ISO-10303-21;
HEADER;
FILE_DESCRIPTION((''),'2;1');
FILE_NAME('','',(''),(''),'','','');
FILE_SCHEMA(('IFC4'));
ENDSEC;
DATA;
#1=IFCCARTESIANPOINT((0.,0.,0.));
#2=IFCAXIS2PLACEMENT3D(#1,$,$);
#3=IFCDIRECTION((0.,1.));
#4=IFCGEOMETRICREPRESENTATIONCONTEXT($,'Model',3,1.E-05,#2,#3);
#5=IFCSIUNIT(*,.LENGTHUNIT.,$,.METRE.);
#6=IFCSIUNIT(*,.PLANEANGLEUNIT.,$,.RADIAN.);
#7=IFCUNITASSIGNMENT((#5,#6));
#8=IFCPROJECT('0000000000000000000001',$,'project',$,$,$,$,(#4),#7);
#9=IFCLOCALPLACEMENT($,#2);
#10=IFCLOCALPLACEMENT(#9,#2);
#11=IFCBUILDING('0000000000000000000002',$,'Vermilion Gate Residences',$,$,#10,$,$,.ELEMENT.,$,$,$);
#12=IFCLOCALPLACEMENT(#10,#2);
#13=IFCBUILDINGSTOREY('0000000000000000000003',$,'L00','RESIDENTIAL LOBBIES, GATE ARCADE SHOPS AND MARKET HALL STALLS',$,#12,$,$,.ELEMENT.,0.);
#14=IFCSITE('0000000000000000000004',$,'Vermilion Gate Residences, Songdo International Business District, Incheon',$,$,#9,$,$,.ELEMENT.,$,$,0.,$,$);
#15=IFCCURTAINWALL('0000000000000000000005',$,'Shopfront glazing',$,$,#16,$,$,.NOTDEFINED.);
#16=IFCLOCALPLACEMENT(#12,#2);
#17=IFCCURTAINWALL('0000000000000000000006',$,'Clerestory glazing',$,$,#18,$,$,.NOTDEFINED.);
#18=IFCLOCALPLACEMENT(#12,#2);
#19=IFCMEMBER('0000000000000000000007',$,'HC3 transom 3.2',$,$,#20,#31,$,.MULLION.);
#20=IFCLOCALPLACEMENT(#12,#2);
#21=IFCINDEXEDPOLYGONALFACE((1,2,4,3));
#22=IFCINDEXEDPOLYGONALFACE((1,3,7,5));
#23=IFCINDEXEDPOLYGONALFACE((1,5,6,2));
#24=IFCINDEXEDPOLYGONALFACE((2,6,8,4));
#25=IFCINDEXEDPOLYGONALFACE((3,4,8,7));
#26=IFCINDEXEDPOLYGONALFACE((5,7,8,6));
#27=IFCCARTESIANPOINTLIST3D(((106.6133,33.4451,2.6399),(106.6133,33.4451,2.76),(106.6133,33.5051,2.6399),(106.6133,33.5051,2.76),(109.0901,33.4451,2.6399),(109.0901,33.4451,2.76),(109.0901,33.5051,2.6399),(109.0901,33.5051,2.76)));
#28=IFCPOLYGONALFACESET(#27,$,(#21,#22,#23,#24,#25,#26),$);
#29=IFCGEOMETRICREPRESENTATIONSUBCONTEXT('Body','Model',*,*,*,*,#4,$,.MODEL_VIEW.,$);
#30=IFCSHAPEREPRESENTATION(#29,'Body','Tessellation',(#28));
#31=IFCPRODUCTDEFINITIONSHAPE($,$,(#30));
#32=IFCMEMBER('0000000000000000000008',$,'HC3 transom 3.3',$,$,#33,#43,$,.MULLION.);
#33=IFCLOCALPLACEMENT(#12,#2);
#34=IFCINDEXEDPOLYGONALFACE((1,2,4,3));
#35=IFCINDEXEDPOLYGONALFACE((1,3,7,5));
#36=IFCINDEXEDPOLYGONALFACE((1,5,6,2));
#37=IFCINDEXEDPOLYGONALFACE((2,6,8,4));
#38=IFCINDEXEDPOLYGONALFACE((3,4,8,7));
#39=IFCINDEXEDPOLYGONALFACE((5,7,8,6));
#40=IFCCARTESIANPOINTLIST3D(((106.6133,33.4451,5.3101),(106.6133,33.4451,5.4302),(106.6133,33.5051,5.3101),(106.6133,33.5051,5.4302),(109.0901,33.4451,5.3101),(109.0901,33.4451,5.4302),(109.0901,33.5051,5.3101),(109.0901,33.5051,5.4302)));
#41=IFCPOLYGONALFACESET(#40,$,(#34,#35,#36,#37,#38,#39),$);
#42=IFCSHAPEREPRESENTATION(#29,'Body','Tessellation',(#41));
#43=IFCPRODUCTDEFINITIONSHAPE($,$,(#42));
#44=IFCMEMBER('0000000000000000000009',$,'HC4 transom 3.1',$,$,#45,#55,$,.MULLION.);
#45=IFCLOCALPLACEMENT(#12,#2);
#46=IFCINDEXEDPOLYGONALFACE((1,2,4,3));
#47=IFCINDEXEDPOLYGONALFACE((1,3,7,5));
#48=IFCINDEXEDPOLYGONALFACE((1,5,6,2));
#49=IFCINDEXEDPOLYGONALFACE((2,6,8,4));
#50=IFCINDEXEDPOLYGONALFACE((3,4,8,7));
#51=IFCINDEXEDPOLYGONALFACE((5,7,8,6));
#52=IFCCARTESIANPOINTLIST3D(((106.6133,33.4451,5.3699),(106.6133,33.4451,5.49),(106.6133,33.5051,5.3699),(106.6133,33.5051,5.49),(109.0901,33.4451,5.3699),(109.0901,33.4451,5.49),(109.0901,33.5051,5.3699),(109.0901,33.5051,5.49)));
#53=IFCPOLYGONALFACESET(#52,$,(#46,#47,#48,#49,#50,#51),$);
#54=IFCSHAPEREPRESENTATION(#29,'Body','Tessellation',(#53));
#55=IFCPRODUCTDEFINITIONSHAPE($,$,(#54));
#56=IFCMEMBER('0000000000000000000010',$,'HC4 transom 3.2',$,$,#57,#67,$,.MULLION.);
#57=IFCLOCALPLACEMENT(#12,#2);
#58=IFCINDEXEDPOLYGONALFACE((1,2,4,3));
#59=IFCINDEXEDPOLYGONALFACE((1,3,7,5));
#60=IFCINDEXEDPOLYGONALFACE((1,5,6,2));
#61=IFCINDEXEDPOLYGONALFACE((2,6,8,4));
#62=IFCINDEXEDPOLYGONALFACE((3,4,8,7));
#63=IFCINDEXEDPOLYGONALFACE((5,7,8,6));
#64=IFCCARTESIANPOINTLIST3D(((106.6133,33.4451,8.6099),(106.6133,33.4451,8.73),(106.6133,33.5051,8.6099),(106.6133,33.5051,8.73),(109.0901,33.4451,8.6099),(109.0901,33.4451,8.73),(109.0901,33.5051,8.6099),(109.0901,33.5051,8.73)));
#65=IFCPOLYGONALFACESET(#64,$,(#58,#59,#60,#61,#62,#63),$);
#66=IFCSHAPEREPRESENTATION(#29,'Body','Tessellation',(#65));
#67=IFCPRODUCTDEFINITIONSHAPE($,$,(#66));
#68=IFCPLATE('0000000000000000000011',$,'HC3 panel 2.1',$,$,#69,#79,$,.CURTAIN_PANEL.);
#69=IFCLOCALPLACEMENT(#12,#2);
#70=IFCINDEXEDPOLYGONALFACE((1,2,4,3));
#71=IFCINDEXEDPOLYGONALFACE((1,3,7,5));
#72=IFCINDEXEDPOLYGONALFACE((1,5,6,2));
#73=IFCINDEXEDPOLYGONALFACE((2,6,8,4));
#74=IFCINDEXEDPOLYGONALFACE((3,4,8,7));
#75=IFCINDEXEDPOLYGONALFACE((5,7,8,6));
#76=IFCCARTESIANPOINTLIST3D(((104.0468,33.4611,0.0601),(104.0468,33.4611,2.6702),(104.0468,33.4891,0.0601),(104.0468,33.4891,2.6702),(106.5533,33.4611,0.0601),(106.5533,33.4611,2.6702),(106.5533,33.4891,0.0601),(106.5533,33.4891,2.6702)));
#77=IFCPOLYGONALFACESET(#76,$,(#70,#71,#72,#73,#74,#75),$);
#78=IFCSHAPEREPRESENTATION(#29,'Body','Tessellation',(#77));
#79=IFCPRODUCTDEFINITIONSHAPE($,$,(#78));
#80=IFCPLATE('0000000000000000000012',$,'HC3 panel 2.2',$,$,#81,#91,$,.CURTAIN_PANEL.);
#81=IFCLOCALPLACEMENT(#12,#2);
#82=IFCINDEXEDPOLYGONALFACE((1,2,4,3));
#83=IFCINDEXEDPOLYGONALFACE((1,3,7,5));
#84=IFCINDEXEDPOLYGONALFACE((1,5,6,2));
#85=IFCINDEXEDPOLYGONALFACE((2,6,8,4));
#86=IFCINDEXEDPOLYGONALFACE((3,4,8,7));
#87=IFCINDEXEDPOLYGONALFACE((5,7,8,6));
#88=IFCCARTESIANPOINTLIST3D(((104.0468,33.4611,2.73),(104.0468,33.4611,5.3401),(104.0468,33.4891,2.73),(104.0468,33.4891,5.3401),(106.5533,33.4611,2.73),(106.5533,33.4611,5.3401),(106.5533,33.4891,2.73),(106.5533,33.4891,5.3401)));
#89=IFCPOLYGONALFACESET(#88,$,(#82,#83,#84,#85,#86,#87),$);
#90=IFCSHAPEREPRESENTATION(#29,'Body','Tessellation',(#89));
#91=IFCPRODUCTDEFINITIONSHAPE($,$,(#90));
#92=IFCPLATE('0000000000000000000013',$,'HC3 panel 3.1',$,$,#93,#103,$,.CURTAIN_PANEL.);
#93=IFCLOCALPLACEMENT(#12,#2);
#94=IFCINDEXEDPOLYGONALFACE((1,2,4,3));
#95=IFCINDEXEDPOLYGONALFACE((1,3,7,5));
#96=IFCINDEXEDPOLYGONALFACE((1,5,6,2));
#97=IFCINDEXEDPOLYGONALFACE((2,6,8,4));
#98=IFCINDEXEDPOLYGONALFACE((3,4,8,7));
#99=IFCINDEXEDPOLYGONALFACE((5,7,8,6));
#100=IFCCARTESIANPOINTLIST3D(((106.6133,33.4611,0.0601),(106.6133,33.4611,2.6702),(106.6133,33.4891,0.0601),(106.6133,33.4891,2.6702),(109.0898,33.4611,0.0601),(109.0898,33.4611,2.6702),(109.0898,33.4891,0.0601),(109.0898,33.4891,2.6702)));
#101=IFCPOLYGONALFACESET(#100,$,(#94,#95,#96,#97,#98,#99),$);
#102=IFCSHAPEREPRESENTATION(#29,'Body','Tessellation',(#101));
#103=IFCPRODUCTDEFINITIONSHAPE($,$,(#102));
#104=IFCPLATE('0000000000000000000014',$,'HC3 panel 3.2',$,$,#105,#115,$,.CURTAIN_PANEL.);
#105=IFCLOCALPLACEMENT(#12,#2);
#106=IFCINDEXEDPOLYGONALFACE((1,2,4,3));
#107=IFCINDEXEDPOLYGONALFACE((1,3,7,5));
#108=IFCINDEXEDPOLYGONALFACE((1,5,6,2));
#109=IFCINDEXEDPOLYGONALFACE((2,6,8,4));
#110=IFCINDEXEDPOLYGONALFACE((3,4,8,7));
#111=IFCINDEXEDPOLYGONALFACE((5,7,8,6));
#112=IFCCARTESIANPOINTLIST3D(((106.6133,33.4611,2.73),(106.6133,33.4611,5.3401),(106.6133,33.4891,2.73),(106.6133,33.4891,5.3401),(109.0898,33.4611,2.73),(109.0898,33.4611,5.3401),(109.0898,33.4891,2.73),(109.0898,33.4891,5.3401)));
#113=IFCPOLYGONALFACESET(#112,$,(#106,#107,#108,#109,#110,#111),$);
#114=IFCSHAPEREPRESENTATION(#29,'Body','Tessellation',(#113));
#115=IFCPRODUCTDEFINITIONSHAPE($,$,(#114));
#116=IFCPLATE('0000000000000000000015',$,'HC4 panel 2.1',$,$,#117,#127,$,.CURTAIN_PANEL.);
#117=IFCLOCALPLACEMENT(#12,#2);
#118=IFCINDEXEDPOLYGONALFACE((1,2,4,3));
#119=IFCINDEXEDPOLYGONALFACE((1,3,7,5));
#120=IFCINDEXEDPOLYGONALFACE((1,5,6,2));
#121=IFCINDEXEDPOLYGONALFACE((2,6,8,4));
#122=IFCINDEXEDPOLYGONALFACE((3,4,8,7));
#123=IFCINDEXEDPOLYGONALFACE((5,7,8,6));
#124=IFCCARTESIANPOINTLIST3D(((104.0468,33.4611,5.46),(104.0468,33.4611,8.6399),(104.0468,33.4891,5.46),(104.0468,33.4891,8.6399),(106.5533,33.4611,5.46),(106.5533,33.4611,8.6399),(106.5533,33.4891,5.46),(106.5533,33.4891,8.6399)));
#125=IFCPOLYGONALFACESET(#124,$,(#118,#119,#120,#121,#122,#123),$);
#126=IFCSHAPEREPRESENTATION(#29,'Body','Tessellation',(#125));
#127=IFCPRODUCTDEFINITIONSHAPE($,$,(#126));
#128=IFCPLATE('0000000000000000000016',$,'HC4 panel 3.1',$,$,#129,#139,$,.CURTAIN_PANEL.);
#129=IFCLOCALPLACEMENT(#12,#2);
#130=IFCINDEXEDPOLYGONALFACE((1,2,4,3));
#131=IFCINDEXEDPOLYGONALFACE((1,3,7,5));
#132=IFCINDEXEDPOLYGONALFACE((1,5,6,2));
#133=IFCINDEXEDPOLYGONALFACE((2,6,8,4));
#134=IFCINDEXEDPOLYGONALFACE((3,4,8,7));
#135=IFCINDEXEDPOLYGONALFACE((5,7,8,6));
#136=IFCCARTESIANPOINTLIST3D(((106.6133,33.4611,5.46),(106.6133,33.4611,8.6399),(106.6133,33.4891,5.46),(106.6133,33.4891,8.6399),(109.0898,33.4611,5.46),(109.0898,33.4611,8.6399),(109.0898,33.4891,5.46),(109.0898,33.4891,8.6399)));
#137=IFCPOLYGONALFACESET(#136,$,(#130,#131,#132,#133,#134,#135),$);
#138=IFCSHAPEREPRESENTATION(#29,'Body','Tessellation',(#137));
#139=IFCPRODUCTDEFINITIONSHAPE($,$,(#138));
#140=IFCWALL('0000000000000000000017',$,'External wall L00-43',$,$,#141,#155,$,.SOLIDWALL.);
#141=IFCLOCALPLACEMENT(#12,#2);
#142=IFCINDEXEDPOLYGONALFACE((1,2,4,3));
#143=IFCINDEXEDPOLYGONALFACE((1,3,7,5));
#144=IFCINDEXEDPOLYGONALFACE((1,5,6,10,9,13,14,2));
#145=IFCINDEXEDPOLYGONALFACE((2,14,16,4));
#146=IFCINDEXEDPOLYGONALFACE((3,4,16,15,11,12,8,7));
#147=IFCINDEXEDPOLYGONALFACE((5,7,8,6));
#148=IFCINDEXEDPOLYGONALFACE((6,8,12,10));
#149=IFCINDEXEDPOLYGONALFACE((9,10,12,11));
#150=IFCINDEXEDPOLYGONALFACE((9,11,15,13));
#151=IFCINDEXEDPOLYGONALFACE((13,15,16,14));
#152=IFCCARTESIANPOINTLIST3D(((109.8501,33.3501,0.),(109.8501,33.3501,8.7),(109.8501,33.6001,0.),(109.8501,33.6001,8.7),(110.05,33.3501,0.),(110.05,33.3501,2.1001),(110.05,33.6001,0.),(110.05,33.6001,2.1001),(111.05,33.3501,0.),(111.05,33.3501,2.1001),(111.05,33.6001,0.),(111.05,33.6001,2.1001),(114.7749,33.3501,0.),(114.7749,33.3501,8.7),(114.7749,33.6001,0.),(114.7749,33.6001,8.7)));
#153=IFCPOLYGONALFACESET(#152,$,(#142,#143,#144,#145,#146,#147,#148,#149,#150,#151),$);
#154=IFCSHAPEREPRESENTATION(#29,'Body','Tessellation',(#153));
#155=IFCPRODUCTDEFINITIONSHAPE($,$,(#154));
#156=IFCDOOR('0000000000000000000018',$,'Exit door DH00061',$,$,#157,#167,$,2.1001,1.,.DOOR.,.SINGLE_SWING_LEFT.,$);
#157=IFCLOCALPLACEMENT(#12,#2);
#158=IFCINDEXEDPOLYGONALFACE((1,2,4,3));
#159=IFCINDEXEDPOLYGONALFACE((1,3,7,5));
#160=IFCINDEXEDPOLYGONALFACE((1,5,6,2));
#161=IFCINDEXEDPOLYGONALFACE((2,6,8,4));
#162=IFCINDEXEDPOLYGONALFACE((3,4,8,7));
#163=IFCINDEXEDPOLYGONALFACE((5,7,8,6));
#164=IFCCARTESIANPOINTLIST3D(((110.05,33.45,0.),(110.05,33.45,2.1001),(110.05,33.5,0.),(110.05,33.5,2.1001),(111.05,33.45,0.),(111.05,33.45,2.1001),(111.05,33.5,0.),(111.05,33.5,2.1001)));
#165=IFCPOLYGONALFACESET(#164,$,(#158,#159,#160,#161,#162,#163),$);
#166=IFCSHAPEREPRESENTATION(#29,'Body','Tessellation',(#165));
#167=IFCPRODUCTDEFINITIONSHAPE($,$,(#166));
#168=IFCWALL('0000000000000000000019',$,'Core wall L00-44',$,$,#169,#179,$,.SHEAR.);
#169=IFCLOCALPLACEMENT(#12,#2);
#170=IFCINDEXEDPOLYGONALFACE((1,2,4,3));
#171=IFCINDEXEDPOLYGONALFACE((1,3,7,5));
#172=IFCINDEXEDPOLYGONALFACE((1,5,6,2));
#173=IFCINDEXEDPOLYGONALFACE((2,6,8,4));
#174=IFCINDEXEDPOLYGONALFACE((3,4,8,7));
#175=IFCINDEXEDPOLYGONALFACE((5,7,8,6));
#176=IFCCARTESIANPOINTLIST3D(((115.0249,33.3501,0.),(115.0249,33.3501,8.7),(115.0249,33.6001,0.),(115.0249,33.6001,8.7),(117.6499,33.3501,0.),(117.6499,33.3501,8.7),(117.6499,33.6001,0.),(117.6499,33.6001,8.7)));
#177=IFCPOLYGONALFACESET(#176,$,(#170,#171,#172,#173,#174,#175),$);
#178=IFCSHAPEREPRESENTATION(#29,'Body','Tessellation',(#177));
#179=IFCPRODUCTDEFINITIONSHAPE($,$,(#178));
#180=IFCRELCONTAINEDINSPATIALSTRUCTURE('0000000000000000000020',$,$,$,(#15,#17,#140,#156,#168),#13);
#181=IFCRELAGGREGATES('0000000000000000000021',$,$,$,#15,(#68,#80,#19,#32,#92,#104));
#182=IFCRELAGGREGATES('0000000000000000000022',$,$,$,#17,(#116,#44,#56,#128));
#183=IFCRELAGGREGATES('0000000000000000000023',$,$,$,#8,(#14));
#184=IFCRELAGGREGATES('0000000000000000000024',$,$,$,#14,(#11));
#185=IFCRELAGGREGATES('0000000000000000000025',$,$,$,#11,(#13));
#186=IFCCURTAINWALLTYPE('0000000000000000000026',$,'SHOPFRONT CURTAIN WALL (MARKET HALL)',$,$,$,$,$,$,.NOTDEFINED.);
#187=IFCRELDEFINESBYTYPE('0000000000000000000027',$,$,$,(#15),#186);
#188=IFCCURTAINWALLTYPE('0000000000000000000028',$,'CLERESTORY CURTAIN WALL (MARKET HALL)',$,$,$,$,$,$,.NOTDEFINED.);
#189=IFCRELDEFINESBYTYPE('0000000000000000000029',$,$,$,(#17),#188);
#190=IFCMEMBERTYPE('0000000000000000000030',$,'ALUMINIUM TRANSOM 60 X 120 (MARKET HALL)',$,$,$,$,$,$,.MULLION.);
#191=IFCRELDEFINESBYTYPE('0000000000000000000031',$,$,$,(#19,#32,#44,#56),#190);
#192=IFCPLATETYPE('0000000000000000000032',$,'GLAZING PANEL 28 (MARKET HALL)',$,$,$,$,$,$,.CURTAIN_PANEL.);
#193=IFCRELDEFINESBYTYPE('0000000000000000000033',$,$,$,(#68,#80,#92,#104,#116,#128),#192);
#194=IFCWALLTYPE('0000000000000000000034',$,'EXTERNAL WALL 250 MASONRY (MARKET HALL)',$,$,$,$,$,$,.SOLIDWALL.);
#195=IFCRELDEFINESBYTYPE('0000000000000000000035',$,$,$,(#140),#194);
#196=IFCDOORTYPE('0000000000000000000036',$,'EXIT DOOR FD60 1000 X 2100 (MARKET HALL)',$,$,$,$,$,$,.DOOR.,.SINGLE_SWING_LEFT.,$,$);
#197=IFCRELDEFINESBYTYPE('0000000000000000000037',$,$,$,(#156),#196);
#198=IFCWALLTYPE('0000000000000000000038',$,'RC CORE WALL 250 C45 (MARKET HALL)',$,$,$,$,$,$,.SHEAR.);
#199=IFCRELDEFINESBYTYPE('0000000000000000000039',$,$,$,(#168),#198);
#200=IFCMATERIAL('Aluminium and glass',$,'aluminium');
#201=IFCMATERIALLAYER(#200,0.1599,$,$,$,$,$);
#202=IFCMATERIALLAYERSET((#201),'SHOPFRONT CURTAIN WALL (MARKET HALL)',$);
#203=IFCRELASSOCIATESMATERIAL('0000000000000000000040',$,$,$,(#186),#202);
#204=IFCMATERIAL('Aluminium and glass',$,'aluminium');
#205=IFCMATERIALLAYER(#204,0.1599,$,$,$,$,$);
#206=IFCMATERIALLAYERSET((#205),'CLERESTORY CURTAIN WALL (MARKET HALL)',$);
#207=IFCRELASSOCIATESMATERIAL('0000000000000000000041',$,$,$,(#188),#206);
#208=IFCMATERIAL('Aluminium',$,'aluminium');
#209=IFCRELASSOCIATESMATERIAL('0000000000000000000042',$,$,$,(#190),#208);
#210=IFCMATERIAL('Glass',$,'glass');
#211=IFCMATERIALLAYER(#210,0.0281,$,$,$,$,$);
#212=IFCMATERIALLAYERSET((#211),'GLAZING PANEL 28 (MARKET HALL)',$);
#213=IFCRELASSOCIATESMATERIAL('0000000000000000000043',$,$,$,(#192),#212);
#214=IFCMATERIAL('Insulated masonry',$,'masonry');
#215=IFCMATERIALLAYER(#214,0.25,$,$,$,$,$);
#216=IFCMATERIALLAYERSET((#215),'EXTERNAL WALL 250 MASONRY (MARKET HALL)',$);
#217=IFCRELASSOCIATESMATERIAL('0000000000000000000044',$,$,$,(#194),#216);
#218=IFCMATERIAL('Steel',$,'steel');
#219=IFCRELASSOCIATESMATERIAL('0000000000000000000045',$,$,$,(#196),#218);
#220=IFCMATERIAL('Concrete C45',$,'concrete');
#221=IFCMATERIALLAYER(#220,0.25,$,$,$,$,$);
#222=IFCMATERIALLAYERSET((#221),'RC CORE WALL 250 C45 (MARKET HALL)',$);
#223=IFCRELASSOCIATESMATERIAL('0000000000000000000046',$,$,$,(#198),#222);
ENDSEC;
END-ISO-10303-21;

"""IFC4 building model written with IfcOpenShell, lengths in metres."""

from ifc_helpers import new_model, si_unit, direction, frame, frame_2d, origin, origin_2d, place, context, subcontext, project, spatial, rectangle, extrude, material, layer, layer_set, material_profile, profile_set, type_object, element, fill, aggregate, save


model = new_model("IFC4")

# Units and contexts
model_context = context("Model", 3, precision=1e-05, world=origin(), true_north=direction((0.0, 1.0)))
body_context = subcontext(model_context, "Body", "Model", "MODEL_VIEW")
ifc_project = project(units=[si_unit("LENGTHUNIT", "METRE"), si_unit("PLANEANGLEUNIT", "RADIAN")], contexts=[model_context])

# Site, building, storey
site_placement = place(None, origin())
site = spatial("IfcSite", under=ifc_project, at=site_placement, Name="Vermilion Gate Residences, Songdo International Business District, Incheon", CompositionType="ELEMENT", RefElevation=0.0)
building_placement = place(site_placement, origin())
building = spatial("IfcBuilding", under=site, at=building_placement, Name="Vermilion Gate Residences", CompositionType="ELEMENT")
storey_placement = place(building_placement, origin())
storey = spatial("IfcBuildingStorey", under=building, at=storey_placement, Name="L00", Description="RESIDENTIAL LOBBIES, GATE ARCADE SHOPS AND MARKET HALL STALLS", CompositionType="ELEMENT", Elevation=0.0)

# Curtain walls
ifc_material_1 = material(Name="Aluminium and glass", Category="aluminium")
ifc_layer_1 = layer(ifc_material_1, 0.1599)
ifc_layer_set_1 = layer_set([ifc_layer_1], Name="SHOPFRONT CURTAIN WALL (MARKET HALL)")
curtain_wall_type_1 = type_object("IfcCurtainWallType", Name="SHOPFRONT CURTAIN WALL (MARKET HALL)", PredefinedType="NOTDEFINED", material=ifc_layer_set_1)
curtain_wall_1_placement = place(storey_placement, origin())
curtain_wall_1 = element("IfcCurtainWall", 1, at=curtain_wall_1_placement, inside=storey, type_object=curtain_wall_type_1, Name="Shopfront glazing", PredefinedType="NOTDEFINED")
ifc_material_2 = material(Name="Aluminium and glass", Category="aluminium")
ifc_layer_2 = layer(ifc_material_2, 0.1599)
ifc_layer_set_2 = layer_set([ifc_layer_2], Name="CLERESTORY CURTAIN WALL (MARKET HALL)")
curtain_wall_type_2 = type_object("IfcCurtainWallType", Name="CLERESTORY CURTAIN WALL (MARKET HALL)", PredefinedType="NOTDEFINED", material=ifc_layer_set_2)
curtain_wall_2_placement = place(storey_placement, origin())
curtain_wall_2 = element("IfcCurtainWall", 2, at=curtain_wall_2_placement, inside=storey, type_object=curtain_wall_type_2, Name="Clerestory glazing", PredefinedType="NOTDEFINED")

# Members
ifc_material_3 = material(Name="Aluminium", Category="aluminium")
ifc_material_profile_1 = material_profile(ifc_material_3, rectangle(XDim=0.0601, YDim=0.1201, at=origin_2d()), Name="ALUMINIUM TRANSOM 60 X 120 (MARKET HALL)")
ifc_profile_set_1 = profile_set([ifc_material_profile_1], Name="Aluminium")
member_type_1 = type_object("IfcMemberType", Name="ALUMINIUM TRANSOM 60 X 120 (MARKET HALL)", PredefinedType="MULLION", material=ifc_profile_set_1)
member_1_placement = place(storey_placement, frame((106.6133, 33.4751, 2.7), z_axis=(1.0, 0.0, 0.0), x_axis=(0.0, 1.0, 0.0)))
member_1 = element("IfcMember", 3, at=member_1_placement, type_object=member_type_1, Name="HC3 transom 3.2", PredefinedType="MULLION", context=body_context, shape_type="SweptSolid", body=[
    extrude(rectangle(XDim=0.0601, YDim=0.1201, at=origin_2d()), origin(), (0.0, 0.0, 1.0), 2.4768),
])
member_2_placement = place(storey_placement, frame((106.6133, 33.4751, 5.3701), z_axis=(1.0, 0.0, 0.0), x_axis=(0.0, 1.0, 0.0)))
member_2 = element("IfcMember", 4, at=member_2_placement, type_object=member_type_1, Name="HC3 transom 3.3", PredefinedType="MULLION", context=body_context, shape_type="SweptSolid", body=[
    extrude(rectangle(XDim=0.0601, YDim=0.1201, at=origin_2d()), origin(), (0.0, 0.0, 1.0), 2.4768),
])
member_3_placement = place(storey_placement, frame((106.6133, 33.4751, 5.4299), z_axis=(1.0, 0.0, 0.0), x_axis=(0.0, 1.0, 0.0)))
member_3 = element("IfcMember", 5, at=member_3_placement, type_object=member_type_1, Name="HC4 transom 3.1", PredefinedType="MULLION", context=body_context, shape_type="SweptSolid", body=[
    extrude(rectangle(XDim=0.0601, YDim=0.1201, at=origin_2d()), origin(), (0.0, 0.0, 1.0), 2.4768),
])
member_4_placement = place(storey_placement, frame((106.6133, 33.4751, 8.6699), z_axis=(1.0, 0.0, 0.0), x_axis=(0.0, 1.0, 0.0)))
member_4 = element("IfcMember", 6, at=member_4_placement, type_object=member_type_1, Name="HC4 transom 3.2", PredefinedType="MULLION", context=body_context, shape_type="SweptSolid", body=[
    extrude(rectangle(XDim=0.0601, YDim=0.1201, at=origin_2d()), origin(), (0.0, 0.0, 1.0), 2.4768),
])

# Plates
ifc_material_4 = material(Name="Glass", Category="glass")
ifc_layer_3 = layer(ifc_material_4, 0.0281)
ifc_layer_set_3 = layer_set([ifc_layer_3], Name="GLAZING PANEL 28 (MARKET HALL)")
plate_type = type_object("IfcPlateType", Name="GLAZING PANEL 28 (MARKET HALL)", PredefinedType="CURTAIN_PANEL", material=ifc_layer_set_3)
plate_1_placement = place(storey_placement, frame((105.3, 33.4751, 0.0601), z_axis=(0.0, 0.0, 1.0), x_axis=(1.0, 0.0, 0.0)))
plate_1 = element("IfcPlate", 7, at=plate_1_placement, type_object=plate_type, Name="HC3 panel 2.1", PredefinedType="CURTAIN_PANEL", context=body_context, shape_type="SweptSolid", body=[
    extrude(rectangle(XDim=2.5066, YDim=0.0281, at=origin_2d()), origin(), (0.0, 0.0, 1.0), 2.6101),
])
plate_2_placement = place(storey_placement, frame((105.3, 33.4751, 2.73), z_axis=(0.0, 0.0, 1.0), x_axis=(1.0, 0.0, 0.0)))
plate_2 = element("IfcPlate", 8, at=plate_2_placement, type_object=plate_type, Name="HC3 panel 2.2", PredefinedType="CURTAIN_PANEL", context=body_context, shape_type="SweptSolid", body=[
    extrude(rectangle(XDim=2.5066, YDim=0.0281, at=origin_2d()), origin(), (0.0, 0.0, 1.0), 2.6101),
])
plate_3_placement = place(storey_placement, frame((107.8516, 33.4751, 0.0601), z_axis=(0.0, 0.0, 1.0), x_axis=(1.0, 0.0, 0.0)))
plate_3 = element("IfcPlate", 9, at=plate_3_placement, type_object=plate_type, Name="HC3 panel 3.1", PredefinedType="CURTAIN_PANEL", context=body_context, shape_type="SweptSolid", body=[
    extrude(rectangle(XDim=2.4766, YDim=0.0281, at=origin_2d()), origin(), (0.0, 0.0, 1.0), 2.6101),
])
plate_4_placement = place(storey_placement, frame((107.8516, 33.4751, 2.73), z_axis=(0.0, 0.0, 1.0), x_axis=(1.0, 0.0, 0.0)))
plate_4 = element("IfcPlate", 10, at=plate_4_placement, type_object=plate_type, Name="HC3 panel 3.2", PredefinedType="CURTAIN_PANEL", context=body_context, shape_type="SweptSolid", body=[
    extrude(rectangle(XDim=2.4766, YDim=0.0281, at=origin_2d()), origin(), (0.0, 0.0, 1.0), 2.6101),
])
aggregate(curtain_wall_1, [plate_1, plate_2, member_1, member_2, plate_3, plate_4])
plate_5_placement = place(storey_placement, frame((105.3, 33.4751, 5.46), z_axis=(0.0, 0.0, 1.0), x_axis=(1.0, 0.0, 0.0)))
plate_5 = element("IfcPlate", 11, at=plate_5_placement, type_object=plate_type, Name="HC4 panel 2.1", PredefinedType="CURTAIN_PANEL", context=body_context, shape_type="SweptSolid", body=[
    extrude(rectangle(XDim=2.5066, YDim=0.0281, at=origin_2d()), origin(), (0.0, 0.0, 1.0), 3.1799),
])
plate_6_placement = place(storey_placement, frame((107.8516, 33.4751, 5.46), z_axis=(0.0, 0.0, 1.0), x_axis=(1.0, 0.0, 0.0)))
plate_6 = element("IfcPlate", 12, at=plate_6_placement, type_object=plate_type, Name="HC4 panel 3.1", PredefinedType="CURTAIN_PANEL", context=body_context, shape_type="SweptSolid", body=[
    extrude(rectangle(XDim=2.4766, YDim=0.0281, at=origin_2d()), origin(), (0.0, 0.0, 1.0), 3.1799),
])
aggregate(curtain_wall_2, [plate_5, member_3, member_4, plate_6])

# Wall, opening, door
ifc_material_5 = material(Name="Insulated masonry", Category="masonry")
ifc_layer_4 = layer(ifc_material_5, 0.25)
ifc_layer_set_4 = layer_set([ifc_layer_4], Name="EXTERNAL WALL 250 MASONRY (MARKET HALL)")
wall_type_1 = type_object("IfcWallType", Name="EXTERNAL WALL 250 MASONRY (MARKET HALL)", PredefinedType="SOLIDWALL", material=ifc_layer_set_4)
wall_1_placement = place(storey_placement, frame((109.8501, 33.4751, 0.0), z_axis=(0.0, 0.0, 1.0), x_axis=(1.0, 0.0, 0.0)))
wall_1 = element("IfcWall", 13, at=wall_1_placement, inside=storey, type_object=wall_type_1, Name="External wall L00-43", PredefinedType="SOLIDWALL", context=body_context, shape_type="SweptSolid", body=[
    extrude(rectangle(XDim=4.9248, YDim=0.25, at=frame_2d((2.4624, 0.0))), origin(), (0.0, 0.0, 1.0), 8.7),
])
opening_placement = place(wall_1_placement, frame((0.2, 0.0, 0.0)))
opening = element("IfcOpeningElement", 14, at=opening_placement, cuts=wall_1, PredefinedType="OPENING", context=body_context, shape_type="SweptSolid", body=[
    extrude(rectangle(XDim=1.0, YDim=2.1001, at=frame_2d((0.5, 1.05))), frame((0.0, 0.135, 0.0), z_axis=(0.0, -1.0, 0.0), x_axis=(1.0, 0.0, 0.0)), (0.0, 0.0, 1.0), 0.27),
])
ifc_material_6 = material(Name="Steel", Category="steel")
door_type = type_object("IfcDoorType", Name="EXIT DOOR FD60 1000 X 2100 (MARKET HALL)", OperationType="SINGLE_SWING_LEFT", PredefinedType="DOOR", material=ifc_material_6)
door_placement = place(opening_placement, origin())
door = element("IfcDoor", 15, at=door_placement, inside=storey, type_object=door_type, Name="Exit door DH00061", OperationType="SINGLE_SWING_LEFT", OverallHeight=2.1001, OverallWidth=1.0, PredefinedType="DOOR", context=body_context, shape_type="SweptSolid", body=[
    extrude(rectangle(XDim=1.0, YDim=2.1001, at=frame_2d((0.5, 1.05))), frame((0.0, 0.0249, 0.0), z_axis=(0.0, -1.0, 0.0), x_axis=(1.0, 0.0, 0.0)), (0.0, 0.0, 1.0), 0.05),
])
fill(opening, door)

# Wall
ifc_material_7 = material(Name="Concrete C45", Category="concrete")
ifc_layer_5 = layer(ifc_material_7, 0.25)
ifc_layer_set_5 = layer_set([ifc_layer_5], Name="RC CORE WALL 250 C45 (MARKET HALL)")
wall_type_2 = type_object("IfcWallType", Name="RC CORE WALL 250 C45 (MARKET HALL)", PredefinedType="SHEAR", material=ifc_layer_set_5)
wall_2_placement = place(storey_placement, frame((115.0249, 33.4751, 0.0), z_axis=(0.0, 0.0, 1.0), x_axis=(1.0, 0.0, 0.0)))
element("IfcWall", 16, at=wall_2_placement, inside=storey, type_object=wall_type_2, Name="Core wall L00-44", PredefinedType="SHEAR", context=body_context, shape_type="SweptSolid", body=[
    extrude(rectangle(XDim=2.625, YDim=0.25, at=frame_2d((1.3125, 0.0))), origin(), (0.0, 0.0, 1.0), 8.7),
])

save(model, "model.ifc")
